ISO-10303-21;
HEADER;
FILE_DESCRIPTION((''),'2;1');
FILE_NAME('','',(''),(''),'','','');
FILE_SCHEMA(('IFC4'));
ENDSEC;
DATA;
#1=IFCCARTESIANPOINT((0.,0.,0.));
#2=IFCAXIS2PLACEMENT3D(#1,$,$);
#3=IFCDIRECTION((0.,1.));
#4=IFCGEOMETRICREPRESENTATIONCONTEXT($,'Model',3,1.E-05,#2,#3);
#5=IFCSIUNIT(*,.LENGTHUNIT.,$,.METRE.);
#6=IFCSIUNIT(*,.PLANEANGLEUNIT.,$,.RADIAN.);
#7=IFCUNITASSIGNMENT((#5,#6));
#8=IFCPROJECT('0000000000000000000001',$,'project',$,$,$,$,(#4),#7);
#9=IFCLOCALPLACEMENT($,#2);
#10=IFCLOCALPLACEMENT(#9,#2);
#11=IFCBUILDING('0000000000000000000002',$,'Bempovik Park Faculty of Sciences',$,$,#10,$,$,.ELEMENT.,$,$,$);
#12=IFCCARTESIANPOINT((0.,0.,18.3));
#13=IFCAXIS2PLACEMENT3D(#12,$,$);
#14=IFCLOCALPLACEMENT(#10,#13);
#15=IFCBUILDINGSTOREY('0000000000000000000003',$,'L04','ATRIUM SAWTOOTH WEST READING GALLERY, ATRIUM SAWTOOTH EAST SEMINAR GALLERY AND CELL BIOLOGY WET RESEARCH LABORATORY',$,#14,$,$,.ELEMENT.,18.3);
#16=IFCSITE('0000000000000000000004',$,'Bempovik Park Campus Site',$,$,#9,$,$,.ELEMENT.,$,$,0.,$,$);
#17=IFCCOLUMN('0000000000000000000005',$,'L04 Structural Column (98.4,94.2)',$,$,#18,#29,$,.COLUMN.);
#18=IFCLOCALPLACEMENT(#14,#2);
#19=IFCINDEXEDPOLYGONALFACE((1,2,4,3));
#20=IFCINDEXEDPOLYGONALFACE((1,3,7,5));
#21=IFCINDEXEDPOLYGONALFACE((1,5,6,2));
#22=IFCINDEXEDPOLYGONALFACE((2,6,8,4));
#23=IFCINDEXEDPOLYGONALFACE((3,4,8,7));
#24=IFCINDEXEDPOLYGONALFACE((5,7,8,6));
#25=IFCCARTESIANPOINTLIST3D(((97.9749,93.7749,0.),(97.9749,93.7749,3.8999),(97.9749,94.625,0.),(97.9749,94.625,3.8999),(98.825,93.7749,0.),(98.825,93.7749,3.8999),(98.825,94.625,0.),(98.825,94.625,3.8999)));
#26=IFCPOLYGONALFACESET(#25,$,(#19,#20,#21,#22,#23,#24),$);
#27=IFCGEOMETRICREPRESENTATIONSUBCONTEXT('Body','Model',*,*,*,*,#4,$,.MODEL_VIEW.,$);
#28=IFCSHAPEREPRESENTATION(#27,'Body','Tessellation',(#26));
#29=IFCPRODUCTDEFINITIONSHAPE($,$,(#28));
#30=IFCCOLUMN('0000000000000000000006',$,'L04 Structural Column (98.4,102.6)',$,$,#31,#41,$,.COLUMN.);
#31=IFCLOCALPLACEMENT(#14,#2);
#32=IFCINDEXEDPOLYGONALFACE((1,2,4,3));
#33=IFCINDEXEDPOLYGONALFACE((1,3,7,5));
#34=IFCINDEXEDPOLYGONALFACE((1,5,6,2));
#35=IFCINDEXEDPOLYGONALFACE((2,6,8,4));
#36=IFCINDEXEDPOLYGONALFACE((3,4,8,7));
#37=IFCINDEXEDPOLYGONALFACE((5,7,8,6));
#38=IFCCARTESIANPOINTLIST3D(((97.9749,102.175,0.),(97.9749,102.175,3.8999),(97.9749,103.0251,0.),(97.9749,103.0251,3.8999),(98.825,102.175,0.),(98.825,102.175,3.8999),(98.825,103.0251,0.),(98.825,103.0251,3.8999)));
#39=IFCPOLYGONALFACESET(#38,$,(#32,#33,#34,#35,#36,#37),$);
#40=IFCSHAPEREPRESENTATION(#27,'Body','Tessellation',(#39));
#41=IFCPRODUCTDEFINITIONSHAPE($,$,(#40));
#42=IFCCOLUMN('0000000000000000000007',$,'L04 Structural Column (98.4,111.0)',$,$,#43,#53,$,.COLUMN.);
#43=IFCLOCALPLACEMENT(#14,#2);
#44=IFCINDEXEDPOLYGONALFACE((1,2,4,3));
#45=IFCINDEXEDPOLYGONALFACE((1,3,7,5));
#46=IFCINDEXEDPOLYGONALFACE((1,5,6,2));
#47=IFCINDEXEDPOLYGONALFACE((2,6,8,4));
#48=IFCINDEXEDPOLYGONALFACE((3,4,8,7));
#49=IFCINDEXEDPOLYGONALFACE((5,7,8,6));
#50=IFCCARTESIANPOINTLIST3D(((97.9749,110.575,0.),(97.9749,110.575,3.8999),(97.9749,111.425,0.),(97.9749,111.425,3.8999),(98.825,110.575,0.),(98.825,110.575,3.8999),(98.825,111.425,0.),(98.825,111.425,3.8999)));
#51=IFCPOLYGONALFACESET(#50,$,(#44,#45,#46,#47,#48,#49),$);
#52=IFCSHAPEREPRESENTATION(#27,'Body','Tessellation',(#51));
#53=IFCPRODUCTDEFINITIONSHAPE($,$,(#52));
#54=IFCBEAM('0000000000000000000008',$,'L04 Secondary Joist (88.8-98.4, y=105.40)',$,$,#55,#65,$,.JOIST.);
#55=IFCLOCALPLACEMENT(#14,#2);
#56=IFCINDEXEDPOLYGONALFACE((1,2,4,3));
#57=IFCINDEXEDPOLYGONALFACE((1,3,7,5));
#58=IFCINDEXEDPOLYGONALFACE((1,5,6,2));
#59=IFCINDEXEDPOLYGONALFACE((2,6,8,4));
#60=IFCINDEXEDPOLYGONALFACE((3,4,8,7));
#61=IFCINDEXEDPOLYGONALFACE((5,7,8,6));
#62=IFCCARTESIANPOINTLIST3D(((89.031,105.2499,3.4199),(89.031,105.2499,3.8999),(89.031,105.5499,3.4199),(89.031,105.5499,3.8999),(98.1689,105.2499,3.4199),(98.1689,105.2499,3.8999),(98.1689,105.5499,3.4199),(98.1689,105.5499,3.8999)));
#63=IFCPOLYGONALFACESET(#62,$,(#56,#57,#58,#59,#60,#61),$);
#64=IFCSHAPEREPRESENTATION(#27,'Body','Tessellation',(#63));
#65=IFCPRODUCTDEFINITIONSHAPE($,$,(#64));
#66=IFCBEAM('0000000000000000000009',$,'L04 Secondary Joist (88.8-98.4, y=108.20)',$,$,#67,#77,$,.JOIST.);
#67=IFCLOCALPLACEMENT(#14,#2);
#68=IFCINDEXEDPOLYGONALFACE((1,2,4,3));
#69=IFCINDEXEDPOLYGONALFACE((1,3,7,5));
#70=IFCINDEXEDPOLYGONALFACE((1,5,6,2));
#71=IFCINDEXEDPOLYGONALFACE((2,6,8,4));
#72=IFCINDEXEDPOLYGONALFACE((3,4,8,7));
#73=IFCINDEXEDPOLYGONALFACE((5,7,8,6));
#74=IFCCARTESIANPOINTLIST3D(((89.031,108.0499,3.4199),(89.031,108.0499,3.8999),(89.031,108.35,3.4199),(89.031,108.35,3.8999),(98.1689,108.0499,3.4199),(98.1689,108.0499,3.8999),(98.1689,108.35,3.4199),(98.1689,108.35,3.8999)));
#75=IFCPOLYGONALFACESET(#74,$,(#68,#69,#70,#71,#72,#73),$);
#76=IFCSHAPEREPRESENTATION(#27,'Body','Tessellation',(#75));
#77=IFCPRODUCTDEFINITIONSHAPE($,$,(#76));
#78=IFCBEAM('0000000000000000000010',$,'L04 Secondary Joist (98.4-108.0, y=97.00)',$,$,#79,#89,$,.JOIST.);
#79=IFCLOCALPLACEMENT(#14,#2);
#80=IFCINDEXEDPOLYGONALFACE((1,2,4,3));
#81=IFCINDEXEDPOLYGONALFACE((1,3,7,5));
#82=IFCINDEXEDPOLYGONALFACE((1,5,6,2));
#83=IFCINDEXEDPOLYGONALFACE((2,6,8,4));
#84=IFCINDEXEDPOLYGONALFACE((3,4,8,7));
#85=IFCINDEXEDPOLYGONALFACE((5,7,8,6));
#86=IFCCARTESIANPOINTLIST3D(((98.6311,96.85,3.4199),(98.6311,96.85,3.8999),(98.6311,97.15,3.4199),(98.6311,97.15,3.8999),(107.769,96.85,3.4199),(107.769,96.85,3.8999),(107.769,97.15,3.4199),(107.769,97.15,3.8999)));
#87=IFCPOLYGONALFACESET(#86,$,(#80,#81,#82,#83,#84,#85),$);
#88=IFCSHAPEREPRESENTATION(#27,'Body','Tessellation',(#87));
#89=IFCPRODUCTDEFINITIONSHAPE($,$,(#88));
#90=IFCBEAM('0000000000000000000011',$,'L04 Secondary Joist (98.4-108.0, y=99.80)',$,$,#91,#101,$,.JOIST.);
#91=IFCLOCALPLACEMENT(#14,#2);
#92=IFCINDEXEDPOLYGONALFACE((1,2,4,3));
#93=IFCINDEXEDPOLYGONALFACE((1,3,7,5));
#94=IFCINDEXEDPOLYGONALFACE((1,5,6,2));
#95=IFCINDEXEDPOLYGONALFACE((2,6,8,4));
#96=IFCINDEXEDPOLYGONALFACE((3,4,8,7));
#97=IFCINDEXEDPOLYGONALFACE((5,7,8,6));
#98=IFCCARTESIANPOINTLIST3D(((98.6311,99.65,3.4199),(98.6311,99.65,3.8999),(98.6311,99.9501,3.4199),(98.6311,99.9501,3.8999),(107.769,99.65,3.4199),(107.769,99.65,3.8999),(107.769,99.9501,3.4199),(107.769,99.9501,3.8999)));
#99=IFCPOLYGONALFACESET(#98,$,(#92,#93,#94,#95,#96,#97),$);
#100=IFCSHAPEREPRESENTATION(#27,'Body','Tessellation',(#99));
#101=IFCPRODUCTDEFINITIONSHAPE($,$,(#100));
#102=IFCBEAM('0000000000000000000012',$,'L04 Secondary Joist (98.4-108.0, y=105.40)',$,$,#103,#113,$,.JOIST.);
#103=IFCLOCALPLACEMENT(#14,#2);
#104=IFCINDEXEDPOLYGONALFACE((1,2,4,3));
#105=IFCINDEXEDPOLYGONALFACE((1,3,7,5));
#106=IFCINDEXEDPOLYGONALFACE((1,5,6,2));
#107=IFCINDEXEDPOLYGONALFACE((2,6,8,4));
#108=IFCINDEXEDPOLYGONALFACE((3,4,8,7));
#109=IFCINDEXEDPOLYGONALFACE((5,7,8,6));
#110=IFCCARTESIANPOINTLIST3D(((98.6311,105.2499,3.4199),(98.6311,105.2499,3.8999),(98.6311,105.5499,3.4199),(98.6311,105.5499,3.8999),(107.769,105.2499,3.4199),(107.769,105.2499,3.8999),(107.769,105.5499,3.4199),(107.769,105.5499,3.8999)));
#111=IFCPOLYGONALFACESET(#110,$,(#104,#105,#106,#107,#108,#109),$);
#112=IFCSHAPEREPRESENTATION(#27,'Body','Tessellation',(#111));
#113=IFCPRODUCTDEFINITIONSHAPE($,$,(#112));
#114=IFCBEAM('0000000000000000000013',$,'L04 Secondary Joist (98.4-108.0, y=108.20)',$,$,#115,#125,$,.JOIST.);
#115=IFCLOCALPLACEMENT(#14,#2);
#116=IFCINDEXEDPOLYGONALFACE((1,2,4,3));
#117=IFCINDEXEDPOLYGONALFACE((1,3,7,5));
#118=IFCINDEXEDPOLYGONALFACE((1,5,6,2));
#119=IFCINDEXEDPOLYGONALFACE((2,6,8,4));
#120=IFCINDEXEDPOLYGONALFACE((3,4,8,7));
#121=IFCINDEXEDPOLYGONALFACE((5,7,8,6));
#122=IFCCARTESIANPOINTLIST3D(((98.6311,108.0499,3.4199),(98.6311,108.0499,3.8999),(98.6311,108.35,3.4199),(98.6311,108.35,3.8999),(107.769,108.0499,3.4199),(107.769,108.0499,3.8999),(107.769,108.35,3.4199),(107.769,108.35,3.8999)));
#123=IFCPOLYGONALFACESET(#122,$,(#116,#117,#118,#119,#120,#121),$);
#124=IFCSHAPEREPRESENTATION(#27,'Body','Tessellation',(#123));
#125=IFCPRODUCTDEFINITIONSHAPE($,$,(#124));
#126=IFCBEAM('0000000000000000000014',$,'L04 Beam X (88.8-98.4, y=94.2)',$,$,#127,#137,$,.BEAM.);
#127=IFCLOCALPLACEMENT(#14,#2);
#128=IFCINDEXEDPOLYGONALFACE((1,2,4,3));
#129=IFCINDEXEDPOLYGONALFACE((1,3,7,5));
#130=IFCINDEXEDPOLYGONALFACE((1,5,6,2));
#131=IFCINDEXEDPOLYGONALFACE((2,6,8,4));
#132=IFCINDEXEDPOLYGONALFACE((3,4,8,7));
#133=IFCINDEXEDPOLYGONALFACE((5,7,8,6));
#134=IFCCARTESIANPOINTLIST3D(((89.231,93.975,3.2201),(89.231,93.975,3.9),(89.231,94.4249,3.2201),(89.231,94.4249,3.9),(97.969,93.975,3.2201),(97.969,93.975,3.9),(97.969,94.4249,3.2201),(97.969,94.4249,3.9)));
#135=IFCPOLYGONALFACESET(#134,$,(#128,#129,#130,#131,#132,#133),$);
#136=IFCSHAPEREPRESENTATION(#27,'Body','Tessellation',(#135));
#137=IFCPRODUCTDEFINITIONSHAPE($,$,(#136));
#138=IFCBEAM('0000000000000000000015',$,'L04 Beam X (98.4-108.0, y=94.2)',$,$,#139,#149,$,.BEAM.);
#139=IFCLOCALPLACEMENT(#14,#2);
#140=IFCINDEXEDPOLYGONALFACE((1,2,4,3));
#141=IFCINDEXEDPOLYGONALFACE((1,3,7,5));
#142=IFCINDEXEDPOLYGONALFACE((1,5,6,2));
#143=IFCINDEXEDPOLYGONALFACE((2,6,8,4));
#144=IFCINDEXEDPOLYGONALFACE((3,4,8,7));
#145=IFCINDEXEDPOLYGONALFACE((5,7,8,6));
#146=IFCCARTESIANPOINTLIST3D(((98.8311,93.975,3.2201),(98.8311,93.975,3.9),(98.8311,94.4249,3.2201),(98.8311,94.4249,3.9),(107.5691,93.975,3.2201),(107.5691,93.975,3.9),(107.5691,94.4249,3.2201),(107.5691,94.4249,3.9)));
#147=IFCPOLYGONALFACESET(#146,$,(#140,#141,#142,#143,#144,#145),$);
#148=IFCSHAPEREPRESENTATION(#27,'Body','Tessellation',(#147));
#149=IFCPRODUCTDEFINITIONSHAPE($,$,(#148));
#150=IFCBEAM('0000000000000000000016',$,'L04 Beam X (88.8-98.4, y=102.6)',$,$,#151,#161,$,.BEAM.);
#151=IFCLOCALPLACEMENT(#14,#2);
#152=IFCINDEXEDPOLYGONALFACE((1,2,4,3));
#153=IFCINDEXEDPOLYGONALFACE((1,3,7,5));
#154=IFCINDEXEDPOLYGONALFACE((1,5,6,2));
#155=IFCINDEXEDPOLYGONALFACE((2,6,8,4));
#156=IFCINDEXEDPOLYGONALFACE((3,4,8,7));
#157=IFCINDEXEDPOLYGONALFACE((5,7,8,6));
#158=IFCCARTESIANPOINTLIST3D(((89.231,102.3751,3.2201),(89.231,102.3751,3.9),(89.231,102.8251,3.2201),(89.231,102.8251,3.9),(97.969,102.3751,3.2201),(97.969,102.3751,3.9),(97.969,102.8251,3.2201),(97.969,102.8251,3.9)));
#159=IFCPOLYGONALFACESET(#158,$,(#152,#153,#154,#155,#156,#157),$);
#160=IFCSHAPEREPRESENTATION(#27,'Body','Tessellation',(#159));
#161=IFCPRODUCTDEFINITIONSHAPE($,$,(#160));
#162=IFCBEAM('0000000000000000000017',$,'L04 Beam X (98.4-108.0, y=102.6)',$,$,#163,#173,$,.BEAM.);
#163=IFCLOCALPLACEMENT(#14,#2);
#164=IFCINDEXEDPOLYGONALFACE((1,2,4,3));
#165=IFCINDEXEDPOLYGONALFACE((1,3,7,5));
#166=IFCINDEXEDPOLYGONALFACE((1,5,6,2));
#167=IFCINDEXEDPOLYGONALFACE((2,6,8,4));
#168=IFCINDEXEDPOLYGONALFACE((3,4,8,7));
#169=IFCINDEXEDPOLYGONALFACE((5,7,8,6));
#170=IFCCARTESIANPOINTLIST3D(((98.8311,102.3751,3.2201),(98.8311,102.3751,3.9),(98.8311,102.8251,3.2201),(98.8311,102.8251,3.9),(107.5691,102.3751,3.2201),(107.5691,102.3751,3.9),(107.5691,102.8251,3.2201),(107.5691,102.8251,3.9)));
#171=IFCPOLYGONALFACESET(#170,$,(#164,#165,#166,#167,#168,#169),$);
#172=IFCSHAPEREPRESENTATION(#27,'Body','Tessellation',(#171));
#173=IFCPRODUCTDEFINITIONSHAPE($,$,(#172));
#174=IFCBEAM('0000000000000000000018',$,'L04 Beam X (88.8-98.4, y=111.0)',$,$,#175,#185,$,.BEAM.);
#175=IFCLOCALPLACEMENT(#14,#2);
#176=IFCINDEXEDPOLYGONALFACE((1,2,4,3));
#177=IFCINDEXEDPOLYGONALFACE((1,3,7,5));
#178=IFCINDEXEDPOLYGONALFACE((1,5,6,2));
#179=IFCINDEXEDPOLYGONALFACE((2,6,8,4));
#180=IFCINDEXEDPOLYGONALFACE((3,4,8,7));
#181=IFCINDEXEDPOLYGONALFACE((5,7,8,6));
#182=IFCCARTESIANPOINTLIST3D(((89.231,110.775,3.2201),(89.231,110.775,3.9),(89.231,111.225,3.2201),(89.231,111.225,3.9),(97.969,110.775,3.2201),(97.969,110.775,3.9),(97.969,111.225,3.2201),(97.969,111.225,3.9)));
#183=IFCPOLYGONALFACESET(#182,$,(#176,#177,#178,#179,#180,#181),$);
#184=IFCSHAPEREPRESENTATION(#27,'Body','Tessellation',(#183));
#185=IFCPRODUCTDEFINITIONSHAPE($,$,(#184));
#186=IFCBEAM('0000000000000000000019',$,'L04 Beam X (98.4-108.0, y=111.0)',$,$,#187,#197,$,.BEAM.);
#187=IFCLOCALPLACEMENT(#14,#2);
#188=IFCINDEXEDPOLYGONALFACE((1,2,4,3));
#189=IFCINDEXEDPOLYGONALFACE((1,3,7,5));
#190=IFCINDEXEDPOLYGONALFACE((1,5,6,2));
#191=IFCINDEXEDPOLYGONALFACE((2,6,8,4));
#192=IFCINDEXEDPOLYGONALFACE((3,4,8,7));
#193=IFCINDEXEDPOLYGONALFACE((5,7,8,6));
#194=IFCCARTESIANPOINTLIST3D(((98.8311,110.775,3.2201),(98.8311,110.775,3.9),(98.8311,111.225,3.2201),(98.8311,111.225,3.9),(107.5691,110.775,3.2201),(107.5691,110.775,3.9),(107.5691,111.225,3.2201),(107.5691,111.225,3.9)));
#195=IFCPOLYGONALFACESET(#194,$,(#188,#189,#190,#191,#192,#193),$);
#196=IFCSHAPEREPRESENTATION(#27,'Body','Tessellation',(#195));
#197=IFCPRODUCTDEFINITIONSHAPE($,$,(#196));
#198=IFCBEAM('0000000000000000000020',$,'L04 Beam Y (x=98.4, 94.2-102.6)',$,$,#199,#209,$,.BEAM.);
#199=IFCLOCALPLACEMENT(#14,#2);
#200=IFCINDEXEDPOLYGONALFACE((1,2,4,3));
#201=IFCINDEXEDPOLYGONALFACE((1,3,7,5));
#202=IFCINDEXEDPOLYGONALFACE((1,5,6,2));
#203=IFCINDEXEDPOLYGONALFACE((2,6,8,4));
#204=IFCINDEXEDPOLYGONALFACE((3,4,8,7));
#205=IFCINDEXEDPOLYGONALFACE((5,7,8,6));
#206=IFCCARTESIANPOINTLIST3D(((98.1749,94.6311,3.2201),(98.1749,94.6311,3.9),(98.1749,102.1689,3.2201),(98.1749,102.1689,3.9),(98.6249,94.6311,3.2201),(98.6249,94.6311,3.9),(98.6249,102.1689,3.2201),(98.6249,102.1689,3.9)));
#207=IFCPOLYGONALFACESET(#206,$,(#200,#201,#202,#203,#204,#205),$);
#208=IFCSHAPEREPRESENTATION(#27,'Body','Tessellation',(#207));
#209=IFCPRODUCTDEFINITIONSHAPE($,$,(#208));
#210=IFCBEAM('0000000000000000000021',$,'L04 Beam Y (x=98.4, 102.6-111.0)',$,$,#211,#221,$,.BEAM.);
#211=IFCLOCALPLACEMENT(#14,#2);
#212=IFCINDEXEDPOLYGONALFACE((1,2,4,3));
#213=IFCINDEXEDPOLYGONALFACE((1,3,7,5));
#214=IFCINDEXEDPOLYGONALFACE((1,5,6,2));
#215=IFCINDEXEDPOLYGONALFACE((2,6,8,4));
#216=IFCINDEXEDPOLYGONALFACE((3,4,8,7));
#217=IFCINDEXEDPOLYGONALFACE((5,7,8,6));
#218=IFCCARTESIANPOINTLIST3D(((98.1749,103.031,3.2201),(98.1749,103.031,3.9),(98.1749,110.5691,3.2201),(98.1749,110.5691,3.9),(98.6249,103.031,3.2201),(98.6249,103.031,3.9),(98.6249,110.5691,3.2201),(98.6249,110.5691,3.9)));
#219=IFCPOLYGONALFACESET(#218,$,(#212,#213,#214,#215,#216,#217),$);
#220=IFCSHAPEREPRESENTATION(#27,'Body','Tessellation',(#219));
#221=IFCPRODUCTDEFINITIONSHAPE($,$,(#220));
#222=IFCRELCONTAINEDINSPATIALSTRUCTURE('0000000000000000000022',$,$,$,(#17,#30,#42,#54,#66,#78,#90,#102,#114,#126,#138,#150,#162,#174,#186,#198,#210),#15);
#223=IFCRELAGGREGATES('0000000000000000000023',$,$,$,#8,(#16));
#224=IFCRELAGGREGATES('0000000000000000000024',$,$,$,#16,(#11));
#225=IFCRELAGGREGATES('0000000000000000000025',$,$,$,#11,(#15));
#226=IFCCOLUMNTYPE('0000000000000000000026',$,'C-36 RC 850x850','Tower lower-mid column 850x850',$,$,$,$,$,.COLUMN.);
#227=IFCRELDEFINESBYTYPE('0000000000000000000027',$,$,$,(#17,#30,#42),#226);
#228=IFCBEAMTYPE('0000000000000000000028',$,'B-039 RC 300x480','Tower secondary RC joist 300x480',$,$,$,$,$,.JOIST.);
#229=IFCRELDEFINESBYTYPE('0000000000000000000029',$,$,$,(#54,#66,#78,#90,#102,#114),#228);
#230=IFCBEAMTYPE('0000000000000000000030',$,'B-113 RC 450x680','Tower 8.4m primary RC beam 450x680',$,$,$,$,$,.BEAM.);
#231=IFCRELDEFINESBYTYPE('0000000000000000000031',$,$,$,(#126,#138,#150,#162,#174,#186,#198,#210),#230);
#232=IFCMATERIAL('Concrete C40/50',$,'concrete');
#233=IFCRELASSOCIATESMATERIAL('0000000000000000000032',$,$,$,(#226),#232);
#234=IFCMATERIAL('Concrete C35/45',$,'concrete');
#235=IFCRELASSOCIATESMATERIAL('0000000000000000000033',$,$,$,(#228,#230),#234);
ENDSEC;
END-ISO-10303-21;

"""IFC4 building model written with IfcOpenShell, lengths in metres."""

from ifc_helpers import new_model, si_unit, direction, frame, origin, origin_2d, place, context, subcontext, project, spatial, rectangle, extrude, material, material_profile, profile_set, type_object, element, save


model = new_model("IFC4")

# Units and contexts
model_context = context("Model", 3, precision=1e-05, world=origin(), true_north=direction((0.0, 1.0)))
body_context = subcontext(model_context, "Body", "Model", "MODEL_VIEW")
ifc_project = project(units=[si_unit("LENGTHUNIT", "METRE"), si_unit("PLANEANGLEUNIT", "RADIAN")], contexts=[model_context])

# Site, building, storey
site_placement = place(None, origin())
site = spatial("IfcSite", under=ifc_project, at=site_placement, Name="Bempovik Park Campus Site", CompositionType="ELEMENT", RefElevation=0.0)
building_placement = place(site_placement, origin())
building = spatial("IfcBuilding", under=site, at=building_placement, Name="Bempovik Park Faculty of Sciences", CompositionType="ELEMENT")
storey_placement = place(building_placement, frame((0.0, 0.0, 18.3)))
storey = spatial("IfcBuildingStorey", under=building, at=storey_placement, Name="L04", Description="ATRIUM SAWTOOTH WEST READING GALLERY, ATRIUM SAWTOOTH EAST SEMINAR GALLERY AND CELL BIOLOGY WET RESEARCH LABORATORY", CompositionType="ELEMENT", Elevation=18.3)

# Columns
ifc_material_1 = material(Name="Concrete C40/50", Category="concrete")
ifc_material_profile_1 = material_profile(ifc_material_1, rectangle(XDim=0.8501, YDim=0.8501, at=origin_2d()), Name="RC 850x850")
ifc_profile_set_1 = profile_set([ifc_material_profile_1], Name="Concrete C40/50")
column_type = type_object("IfcColumnType", Name="C-36 RC 850x850", Description="Tower lower-mid column 850x850", PredefinedType="COLUMN", material=ifc_profile_set_1)
for number, where, z_axis, x_axis, name in (
    (1, (98.3999, 94.2, 0.0), (0.0, 0.0, 1.0), (1.0, 0.0, 0.0), "L04 Structural Column (98.4,94.2)"),
    (2, (98.3999, 102.6001, 0.0), (0.0, 0.0, 1.0), (1.0, 0.0, 0.0), "L04 Structural Column (98.4,102.6)"),
    (3, (98.3999, 111.0, 0.0), (0.0, 0.0, 1.0), (1.0, 0.0, 0.0), "L04 Structural Column (98.4,111.0)"),
):
    element("IfcColumn", number, at=place(storey_placement, frame(where, z_axis=z_axis, x_axis=x_axis)), inside=storey, type_object=column_type, Name=name, PredefinedType="COLUMN", context=body_context, shape_type="SweptSolid", body=[
        extrude(rectangle(XDim=0.8501, YDim=0.8501, at=origin_2d()), origin(), (0.0, 0.0, 1.0), 3.8999),
    ])

# Beams
ifc_material_2 = material(Name="Concrete C35/45", Category="concrete")
ifc_material_profile_2 = material_profile(ifc_material_2, rectangle(XDim=0.3, YDim=0.48, at=origin_2d()), Name="RC 300x480")
ifc_profile_set_2 = profile_set([ifc_material_profile_2], Name="Concrete C35/45")
beam_type_1 = type_object("IfcBeamType", Name="B-039 RC 300x480", Description="Tower secondary RC joist 300x480", PredefinedType="JOIST", material=ifc_profile_set_2)
for number, where, z_axis, x_axis, name in (
    (4, (89.031, 105.3999, 3.6599), (1.0, 0.0, 0.0), (0.0, 1.0, 0.0), "L04 Secondary Joist (88.8-98.4, y=105.40)"),
    (5, (89.031, 108.2, 3.6599), (1.0, 0.0, 0.0), (0.0, 1.0, 0.0), "L04 Secondary Joist (88.8-98.4, y=108.20)"),
    (6, (98.6311, 97.0, 3.6599), (1.0, 0.0, 0.0), (0.0, 1.0, 0.0), "L04 Secondary Joist (98.4-108.0, y=97.00)"),
    (7, (98.6311, 99.8, 3.6599), (1.0, 0.0, 0.0), (0.0, 1.0, 0.0), "L04 Secondary Joist (98.4-108.0, y=99.80)"),
    (8, (98.6311, 105.3999, 3.6599), (1.0, 0.0, 0.0), (0.0, 1.0, 0.0), "L04 Secondary Joist (98.4-108.0, y=105.40)"),
    (9, (98.6311, 108.2, 3.6599), (1.0, 0.0, 0.0), (0.0, 1.0, 0.0), "L04 Secondary Joist (98.4-108.0, y=108.20)"),
):
    element("IfcBeam", number, at=place(storey_placement, frame(where, z_axis=z_axis, x_axis=x_axis)), inside=storey, type_object=beam_type_1, Name=name, PredefinedType="JOIST", context=body_context, shape_type="SweptSolid", body=[
        extrude(rectangle(XDim=0.3, YDim=0.48, at=origin_2d()), origin(), (0.0, 0.0, 1.0), 9.1379),
    ])
ifc_material_profile_3 = material_profile(ifc_material_2, rectangle(XDim=0.45, YDim=0.6799, at=origin_2d()), Name="RC 450x680")
ifc_profile_set_3 = profile_set([ifc_material_profile_3], Name="Concrete C35/45")
beam_type_2 = type_object("IfcBeamType", Name="B-113 RC 450x680", Description="Tower 8.4m primary RC beam 450x680", PredefinedType="BEAM", material=ifc_profile_set_3)
for number, where, z_axis, x_axis, name in (
    (10, (89.231, 94.2, 3.5601), (1.0, 0.0, 0.0), (0.0, 1.0, 0.0), "L04 Beam X (88.8-98.4, y=94.2)"),
    (11, (98.8311, 94.2, 3.5601), (1.0, 0.0, 0.0), (0.0, 1.0, 0.0), "L04 Beam X (98.4-108.0, y=94.2)"),
    (12, (89.231, 102.6001, 3.5601), (1.0, 0.0, 0.0), (0.0, 1.0, 0.0), "L04 Beam X (88.8-98.4, y=102.6)"),
    (13, (98.8311, 102.6001, 3.5601), (1.0, 0.0, 0.0), (0.0, 1.0, 0.0), "L04 Beam X (98.4-108.0, y=102.6)"),
    (14, (89.231, 111.0, 3.5601), (1.0, 0.0, 0.0), (0.0, 1.0, 0.0), "L04 Beam X (88.8-98.4, y=111.0)"),
    (15, (98.8311, 111.0, 3.5601), (1.0, 0.0, 0.0), (0.0, 1.0, 0.0), "L04 Beam X (98.4-108.0, y=111.0)"),
):
    element("IfcBeam", number, at=place(storey_placement, frame(where, z_axis=z_axis, x_axis=x_axis)), inside=storey, type_object=beam_type_2, Name=name, PredefinedType="BEAM", context=body_context, shape_type="SweptSolid", body=[
        extrude(rectangle(XDim=0.45, YDim=0.6799, at=origin_2d()), origin(), (0.0, 0.0, 1.0), 8.738),
    ])
beam_1_placement = place(storey_placement, frame((98.3999, 94.6311, 3.5601), z_axis=(0.0, 1.0, 0.0), x_axis=(-1.0, 0.0, 0.0)))
element("IfcBeam", 16, at=beam_1_placement, inside=storey, type_object=beam_type_2, Name="L04 Beam Y (x=98.4, 94.2-102.6)", PredefinedType="BEAM", context=body_context, shape_type="SweptSolid", body=[
    extrude(rectangle(XDim=0.45, YDim=0.6799, at=origin_2d()), origin(), (0.0, 0.0, 1.0), 7.5378),
])
beam_2_placement = place(storey_placement, frame((98.3999, 103.031, 3.5601), z_axis=(0.0, 1.0, 0.0), x_axis=(-1.0, 0.0, 0.0)))
element("IfcBeam", 17, at=beam_2_placement, inside=storey, type_object=beam_type_2, Name="L04 Beam Y (x=98.4, 102.6-111.0)", PredefinedType="BEAM", context=body_context, shape_type="SweptSolid", body=[
    extrude(rectangle(XDim=0.45, YDim=0.6799, at=origin_2d()), origin(), (0.0, 0.0, 1.0), 7.5381),
])

save(model, "model.ifc")
